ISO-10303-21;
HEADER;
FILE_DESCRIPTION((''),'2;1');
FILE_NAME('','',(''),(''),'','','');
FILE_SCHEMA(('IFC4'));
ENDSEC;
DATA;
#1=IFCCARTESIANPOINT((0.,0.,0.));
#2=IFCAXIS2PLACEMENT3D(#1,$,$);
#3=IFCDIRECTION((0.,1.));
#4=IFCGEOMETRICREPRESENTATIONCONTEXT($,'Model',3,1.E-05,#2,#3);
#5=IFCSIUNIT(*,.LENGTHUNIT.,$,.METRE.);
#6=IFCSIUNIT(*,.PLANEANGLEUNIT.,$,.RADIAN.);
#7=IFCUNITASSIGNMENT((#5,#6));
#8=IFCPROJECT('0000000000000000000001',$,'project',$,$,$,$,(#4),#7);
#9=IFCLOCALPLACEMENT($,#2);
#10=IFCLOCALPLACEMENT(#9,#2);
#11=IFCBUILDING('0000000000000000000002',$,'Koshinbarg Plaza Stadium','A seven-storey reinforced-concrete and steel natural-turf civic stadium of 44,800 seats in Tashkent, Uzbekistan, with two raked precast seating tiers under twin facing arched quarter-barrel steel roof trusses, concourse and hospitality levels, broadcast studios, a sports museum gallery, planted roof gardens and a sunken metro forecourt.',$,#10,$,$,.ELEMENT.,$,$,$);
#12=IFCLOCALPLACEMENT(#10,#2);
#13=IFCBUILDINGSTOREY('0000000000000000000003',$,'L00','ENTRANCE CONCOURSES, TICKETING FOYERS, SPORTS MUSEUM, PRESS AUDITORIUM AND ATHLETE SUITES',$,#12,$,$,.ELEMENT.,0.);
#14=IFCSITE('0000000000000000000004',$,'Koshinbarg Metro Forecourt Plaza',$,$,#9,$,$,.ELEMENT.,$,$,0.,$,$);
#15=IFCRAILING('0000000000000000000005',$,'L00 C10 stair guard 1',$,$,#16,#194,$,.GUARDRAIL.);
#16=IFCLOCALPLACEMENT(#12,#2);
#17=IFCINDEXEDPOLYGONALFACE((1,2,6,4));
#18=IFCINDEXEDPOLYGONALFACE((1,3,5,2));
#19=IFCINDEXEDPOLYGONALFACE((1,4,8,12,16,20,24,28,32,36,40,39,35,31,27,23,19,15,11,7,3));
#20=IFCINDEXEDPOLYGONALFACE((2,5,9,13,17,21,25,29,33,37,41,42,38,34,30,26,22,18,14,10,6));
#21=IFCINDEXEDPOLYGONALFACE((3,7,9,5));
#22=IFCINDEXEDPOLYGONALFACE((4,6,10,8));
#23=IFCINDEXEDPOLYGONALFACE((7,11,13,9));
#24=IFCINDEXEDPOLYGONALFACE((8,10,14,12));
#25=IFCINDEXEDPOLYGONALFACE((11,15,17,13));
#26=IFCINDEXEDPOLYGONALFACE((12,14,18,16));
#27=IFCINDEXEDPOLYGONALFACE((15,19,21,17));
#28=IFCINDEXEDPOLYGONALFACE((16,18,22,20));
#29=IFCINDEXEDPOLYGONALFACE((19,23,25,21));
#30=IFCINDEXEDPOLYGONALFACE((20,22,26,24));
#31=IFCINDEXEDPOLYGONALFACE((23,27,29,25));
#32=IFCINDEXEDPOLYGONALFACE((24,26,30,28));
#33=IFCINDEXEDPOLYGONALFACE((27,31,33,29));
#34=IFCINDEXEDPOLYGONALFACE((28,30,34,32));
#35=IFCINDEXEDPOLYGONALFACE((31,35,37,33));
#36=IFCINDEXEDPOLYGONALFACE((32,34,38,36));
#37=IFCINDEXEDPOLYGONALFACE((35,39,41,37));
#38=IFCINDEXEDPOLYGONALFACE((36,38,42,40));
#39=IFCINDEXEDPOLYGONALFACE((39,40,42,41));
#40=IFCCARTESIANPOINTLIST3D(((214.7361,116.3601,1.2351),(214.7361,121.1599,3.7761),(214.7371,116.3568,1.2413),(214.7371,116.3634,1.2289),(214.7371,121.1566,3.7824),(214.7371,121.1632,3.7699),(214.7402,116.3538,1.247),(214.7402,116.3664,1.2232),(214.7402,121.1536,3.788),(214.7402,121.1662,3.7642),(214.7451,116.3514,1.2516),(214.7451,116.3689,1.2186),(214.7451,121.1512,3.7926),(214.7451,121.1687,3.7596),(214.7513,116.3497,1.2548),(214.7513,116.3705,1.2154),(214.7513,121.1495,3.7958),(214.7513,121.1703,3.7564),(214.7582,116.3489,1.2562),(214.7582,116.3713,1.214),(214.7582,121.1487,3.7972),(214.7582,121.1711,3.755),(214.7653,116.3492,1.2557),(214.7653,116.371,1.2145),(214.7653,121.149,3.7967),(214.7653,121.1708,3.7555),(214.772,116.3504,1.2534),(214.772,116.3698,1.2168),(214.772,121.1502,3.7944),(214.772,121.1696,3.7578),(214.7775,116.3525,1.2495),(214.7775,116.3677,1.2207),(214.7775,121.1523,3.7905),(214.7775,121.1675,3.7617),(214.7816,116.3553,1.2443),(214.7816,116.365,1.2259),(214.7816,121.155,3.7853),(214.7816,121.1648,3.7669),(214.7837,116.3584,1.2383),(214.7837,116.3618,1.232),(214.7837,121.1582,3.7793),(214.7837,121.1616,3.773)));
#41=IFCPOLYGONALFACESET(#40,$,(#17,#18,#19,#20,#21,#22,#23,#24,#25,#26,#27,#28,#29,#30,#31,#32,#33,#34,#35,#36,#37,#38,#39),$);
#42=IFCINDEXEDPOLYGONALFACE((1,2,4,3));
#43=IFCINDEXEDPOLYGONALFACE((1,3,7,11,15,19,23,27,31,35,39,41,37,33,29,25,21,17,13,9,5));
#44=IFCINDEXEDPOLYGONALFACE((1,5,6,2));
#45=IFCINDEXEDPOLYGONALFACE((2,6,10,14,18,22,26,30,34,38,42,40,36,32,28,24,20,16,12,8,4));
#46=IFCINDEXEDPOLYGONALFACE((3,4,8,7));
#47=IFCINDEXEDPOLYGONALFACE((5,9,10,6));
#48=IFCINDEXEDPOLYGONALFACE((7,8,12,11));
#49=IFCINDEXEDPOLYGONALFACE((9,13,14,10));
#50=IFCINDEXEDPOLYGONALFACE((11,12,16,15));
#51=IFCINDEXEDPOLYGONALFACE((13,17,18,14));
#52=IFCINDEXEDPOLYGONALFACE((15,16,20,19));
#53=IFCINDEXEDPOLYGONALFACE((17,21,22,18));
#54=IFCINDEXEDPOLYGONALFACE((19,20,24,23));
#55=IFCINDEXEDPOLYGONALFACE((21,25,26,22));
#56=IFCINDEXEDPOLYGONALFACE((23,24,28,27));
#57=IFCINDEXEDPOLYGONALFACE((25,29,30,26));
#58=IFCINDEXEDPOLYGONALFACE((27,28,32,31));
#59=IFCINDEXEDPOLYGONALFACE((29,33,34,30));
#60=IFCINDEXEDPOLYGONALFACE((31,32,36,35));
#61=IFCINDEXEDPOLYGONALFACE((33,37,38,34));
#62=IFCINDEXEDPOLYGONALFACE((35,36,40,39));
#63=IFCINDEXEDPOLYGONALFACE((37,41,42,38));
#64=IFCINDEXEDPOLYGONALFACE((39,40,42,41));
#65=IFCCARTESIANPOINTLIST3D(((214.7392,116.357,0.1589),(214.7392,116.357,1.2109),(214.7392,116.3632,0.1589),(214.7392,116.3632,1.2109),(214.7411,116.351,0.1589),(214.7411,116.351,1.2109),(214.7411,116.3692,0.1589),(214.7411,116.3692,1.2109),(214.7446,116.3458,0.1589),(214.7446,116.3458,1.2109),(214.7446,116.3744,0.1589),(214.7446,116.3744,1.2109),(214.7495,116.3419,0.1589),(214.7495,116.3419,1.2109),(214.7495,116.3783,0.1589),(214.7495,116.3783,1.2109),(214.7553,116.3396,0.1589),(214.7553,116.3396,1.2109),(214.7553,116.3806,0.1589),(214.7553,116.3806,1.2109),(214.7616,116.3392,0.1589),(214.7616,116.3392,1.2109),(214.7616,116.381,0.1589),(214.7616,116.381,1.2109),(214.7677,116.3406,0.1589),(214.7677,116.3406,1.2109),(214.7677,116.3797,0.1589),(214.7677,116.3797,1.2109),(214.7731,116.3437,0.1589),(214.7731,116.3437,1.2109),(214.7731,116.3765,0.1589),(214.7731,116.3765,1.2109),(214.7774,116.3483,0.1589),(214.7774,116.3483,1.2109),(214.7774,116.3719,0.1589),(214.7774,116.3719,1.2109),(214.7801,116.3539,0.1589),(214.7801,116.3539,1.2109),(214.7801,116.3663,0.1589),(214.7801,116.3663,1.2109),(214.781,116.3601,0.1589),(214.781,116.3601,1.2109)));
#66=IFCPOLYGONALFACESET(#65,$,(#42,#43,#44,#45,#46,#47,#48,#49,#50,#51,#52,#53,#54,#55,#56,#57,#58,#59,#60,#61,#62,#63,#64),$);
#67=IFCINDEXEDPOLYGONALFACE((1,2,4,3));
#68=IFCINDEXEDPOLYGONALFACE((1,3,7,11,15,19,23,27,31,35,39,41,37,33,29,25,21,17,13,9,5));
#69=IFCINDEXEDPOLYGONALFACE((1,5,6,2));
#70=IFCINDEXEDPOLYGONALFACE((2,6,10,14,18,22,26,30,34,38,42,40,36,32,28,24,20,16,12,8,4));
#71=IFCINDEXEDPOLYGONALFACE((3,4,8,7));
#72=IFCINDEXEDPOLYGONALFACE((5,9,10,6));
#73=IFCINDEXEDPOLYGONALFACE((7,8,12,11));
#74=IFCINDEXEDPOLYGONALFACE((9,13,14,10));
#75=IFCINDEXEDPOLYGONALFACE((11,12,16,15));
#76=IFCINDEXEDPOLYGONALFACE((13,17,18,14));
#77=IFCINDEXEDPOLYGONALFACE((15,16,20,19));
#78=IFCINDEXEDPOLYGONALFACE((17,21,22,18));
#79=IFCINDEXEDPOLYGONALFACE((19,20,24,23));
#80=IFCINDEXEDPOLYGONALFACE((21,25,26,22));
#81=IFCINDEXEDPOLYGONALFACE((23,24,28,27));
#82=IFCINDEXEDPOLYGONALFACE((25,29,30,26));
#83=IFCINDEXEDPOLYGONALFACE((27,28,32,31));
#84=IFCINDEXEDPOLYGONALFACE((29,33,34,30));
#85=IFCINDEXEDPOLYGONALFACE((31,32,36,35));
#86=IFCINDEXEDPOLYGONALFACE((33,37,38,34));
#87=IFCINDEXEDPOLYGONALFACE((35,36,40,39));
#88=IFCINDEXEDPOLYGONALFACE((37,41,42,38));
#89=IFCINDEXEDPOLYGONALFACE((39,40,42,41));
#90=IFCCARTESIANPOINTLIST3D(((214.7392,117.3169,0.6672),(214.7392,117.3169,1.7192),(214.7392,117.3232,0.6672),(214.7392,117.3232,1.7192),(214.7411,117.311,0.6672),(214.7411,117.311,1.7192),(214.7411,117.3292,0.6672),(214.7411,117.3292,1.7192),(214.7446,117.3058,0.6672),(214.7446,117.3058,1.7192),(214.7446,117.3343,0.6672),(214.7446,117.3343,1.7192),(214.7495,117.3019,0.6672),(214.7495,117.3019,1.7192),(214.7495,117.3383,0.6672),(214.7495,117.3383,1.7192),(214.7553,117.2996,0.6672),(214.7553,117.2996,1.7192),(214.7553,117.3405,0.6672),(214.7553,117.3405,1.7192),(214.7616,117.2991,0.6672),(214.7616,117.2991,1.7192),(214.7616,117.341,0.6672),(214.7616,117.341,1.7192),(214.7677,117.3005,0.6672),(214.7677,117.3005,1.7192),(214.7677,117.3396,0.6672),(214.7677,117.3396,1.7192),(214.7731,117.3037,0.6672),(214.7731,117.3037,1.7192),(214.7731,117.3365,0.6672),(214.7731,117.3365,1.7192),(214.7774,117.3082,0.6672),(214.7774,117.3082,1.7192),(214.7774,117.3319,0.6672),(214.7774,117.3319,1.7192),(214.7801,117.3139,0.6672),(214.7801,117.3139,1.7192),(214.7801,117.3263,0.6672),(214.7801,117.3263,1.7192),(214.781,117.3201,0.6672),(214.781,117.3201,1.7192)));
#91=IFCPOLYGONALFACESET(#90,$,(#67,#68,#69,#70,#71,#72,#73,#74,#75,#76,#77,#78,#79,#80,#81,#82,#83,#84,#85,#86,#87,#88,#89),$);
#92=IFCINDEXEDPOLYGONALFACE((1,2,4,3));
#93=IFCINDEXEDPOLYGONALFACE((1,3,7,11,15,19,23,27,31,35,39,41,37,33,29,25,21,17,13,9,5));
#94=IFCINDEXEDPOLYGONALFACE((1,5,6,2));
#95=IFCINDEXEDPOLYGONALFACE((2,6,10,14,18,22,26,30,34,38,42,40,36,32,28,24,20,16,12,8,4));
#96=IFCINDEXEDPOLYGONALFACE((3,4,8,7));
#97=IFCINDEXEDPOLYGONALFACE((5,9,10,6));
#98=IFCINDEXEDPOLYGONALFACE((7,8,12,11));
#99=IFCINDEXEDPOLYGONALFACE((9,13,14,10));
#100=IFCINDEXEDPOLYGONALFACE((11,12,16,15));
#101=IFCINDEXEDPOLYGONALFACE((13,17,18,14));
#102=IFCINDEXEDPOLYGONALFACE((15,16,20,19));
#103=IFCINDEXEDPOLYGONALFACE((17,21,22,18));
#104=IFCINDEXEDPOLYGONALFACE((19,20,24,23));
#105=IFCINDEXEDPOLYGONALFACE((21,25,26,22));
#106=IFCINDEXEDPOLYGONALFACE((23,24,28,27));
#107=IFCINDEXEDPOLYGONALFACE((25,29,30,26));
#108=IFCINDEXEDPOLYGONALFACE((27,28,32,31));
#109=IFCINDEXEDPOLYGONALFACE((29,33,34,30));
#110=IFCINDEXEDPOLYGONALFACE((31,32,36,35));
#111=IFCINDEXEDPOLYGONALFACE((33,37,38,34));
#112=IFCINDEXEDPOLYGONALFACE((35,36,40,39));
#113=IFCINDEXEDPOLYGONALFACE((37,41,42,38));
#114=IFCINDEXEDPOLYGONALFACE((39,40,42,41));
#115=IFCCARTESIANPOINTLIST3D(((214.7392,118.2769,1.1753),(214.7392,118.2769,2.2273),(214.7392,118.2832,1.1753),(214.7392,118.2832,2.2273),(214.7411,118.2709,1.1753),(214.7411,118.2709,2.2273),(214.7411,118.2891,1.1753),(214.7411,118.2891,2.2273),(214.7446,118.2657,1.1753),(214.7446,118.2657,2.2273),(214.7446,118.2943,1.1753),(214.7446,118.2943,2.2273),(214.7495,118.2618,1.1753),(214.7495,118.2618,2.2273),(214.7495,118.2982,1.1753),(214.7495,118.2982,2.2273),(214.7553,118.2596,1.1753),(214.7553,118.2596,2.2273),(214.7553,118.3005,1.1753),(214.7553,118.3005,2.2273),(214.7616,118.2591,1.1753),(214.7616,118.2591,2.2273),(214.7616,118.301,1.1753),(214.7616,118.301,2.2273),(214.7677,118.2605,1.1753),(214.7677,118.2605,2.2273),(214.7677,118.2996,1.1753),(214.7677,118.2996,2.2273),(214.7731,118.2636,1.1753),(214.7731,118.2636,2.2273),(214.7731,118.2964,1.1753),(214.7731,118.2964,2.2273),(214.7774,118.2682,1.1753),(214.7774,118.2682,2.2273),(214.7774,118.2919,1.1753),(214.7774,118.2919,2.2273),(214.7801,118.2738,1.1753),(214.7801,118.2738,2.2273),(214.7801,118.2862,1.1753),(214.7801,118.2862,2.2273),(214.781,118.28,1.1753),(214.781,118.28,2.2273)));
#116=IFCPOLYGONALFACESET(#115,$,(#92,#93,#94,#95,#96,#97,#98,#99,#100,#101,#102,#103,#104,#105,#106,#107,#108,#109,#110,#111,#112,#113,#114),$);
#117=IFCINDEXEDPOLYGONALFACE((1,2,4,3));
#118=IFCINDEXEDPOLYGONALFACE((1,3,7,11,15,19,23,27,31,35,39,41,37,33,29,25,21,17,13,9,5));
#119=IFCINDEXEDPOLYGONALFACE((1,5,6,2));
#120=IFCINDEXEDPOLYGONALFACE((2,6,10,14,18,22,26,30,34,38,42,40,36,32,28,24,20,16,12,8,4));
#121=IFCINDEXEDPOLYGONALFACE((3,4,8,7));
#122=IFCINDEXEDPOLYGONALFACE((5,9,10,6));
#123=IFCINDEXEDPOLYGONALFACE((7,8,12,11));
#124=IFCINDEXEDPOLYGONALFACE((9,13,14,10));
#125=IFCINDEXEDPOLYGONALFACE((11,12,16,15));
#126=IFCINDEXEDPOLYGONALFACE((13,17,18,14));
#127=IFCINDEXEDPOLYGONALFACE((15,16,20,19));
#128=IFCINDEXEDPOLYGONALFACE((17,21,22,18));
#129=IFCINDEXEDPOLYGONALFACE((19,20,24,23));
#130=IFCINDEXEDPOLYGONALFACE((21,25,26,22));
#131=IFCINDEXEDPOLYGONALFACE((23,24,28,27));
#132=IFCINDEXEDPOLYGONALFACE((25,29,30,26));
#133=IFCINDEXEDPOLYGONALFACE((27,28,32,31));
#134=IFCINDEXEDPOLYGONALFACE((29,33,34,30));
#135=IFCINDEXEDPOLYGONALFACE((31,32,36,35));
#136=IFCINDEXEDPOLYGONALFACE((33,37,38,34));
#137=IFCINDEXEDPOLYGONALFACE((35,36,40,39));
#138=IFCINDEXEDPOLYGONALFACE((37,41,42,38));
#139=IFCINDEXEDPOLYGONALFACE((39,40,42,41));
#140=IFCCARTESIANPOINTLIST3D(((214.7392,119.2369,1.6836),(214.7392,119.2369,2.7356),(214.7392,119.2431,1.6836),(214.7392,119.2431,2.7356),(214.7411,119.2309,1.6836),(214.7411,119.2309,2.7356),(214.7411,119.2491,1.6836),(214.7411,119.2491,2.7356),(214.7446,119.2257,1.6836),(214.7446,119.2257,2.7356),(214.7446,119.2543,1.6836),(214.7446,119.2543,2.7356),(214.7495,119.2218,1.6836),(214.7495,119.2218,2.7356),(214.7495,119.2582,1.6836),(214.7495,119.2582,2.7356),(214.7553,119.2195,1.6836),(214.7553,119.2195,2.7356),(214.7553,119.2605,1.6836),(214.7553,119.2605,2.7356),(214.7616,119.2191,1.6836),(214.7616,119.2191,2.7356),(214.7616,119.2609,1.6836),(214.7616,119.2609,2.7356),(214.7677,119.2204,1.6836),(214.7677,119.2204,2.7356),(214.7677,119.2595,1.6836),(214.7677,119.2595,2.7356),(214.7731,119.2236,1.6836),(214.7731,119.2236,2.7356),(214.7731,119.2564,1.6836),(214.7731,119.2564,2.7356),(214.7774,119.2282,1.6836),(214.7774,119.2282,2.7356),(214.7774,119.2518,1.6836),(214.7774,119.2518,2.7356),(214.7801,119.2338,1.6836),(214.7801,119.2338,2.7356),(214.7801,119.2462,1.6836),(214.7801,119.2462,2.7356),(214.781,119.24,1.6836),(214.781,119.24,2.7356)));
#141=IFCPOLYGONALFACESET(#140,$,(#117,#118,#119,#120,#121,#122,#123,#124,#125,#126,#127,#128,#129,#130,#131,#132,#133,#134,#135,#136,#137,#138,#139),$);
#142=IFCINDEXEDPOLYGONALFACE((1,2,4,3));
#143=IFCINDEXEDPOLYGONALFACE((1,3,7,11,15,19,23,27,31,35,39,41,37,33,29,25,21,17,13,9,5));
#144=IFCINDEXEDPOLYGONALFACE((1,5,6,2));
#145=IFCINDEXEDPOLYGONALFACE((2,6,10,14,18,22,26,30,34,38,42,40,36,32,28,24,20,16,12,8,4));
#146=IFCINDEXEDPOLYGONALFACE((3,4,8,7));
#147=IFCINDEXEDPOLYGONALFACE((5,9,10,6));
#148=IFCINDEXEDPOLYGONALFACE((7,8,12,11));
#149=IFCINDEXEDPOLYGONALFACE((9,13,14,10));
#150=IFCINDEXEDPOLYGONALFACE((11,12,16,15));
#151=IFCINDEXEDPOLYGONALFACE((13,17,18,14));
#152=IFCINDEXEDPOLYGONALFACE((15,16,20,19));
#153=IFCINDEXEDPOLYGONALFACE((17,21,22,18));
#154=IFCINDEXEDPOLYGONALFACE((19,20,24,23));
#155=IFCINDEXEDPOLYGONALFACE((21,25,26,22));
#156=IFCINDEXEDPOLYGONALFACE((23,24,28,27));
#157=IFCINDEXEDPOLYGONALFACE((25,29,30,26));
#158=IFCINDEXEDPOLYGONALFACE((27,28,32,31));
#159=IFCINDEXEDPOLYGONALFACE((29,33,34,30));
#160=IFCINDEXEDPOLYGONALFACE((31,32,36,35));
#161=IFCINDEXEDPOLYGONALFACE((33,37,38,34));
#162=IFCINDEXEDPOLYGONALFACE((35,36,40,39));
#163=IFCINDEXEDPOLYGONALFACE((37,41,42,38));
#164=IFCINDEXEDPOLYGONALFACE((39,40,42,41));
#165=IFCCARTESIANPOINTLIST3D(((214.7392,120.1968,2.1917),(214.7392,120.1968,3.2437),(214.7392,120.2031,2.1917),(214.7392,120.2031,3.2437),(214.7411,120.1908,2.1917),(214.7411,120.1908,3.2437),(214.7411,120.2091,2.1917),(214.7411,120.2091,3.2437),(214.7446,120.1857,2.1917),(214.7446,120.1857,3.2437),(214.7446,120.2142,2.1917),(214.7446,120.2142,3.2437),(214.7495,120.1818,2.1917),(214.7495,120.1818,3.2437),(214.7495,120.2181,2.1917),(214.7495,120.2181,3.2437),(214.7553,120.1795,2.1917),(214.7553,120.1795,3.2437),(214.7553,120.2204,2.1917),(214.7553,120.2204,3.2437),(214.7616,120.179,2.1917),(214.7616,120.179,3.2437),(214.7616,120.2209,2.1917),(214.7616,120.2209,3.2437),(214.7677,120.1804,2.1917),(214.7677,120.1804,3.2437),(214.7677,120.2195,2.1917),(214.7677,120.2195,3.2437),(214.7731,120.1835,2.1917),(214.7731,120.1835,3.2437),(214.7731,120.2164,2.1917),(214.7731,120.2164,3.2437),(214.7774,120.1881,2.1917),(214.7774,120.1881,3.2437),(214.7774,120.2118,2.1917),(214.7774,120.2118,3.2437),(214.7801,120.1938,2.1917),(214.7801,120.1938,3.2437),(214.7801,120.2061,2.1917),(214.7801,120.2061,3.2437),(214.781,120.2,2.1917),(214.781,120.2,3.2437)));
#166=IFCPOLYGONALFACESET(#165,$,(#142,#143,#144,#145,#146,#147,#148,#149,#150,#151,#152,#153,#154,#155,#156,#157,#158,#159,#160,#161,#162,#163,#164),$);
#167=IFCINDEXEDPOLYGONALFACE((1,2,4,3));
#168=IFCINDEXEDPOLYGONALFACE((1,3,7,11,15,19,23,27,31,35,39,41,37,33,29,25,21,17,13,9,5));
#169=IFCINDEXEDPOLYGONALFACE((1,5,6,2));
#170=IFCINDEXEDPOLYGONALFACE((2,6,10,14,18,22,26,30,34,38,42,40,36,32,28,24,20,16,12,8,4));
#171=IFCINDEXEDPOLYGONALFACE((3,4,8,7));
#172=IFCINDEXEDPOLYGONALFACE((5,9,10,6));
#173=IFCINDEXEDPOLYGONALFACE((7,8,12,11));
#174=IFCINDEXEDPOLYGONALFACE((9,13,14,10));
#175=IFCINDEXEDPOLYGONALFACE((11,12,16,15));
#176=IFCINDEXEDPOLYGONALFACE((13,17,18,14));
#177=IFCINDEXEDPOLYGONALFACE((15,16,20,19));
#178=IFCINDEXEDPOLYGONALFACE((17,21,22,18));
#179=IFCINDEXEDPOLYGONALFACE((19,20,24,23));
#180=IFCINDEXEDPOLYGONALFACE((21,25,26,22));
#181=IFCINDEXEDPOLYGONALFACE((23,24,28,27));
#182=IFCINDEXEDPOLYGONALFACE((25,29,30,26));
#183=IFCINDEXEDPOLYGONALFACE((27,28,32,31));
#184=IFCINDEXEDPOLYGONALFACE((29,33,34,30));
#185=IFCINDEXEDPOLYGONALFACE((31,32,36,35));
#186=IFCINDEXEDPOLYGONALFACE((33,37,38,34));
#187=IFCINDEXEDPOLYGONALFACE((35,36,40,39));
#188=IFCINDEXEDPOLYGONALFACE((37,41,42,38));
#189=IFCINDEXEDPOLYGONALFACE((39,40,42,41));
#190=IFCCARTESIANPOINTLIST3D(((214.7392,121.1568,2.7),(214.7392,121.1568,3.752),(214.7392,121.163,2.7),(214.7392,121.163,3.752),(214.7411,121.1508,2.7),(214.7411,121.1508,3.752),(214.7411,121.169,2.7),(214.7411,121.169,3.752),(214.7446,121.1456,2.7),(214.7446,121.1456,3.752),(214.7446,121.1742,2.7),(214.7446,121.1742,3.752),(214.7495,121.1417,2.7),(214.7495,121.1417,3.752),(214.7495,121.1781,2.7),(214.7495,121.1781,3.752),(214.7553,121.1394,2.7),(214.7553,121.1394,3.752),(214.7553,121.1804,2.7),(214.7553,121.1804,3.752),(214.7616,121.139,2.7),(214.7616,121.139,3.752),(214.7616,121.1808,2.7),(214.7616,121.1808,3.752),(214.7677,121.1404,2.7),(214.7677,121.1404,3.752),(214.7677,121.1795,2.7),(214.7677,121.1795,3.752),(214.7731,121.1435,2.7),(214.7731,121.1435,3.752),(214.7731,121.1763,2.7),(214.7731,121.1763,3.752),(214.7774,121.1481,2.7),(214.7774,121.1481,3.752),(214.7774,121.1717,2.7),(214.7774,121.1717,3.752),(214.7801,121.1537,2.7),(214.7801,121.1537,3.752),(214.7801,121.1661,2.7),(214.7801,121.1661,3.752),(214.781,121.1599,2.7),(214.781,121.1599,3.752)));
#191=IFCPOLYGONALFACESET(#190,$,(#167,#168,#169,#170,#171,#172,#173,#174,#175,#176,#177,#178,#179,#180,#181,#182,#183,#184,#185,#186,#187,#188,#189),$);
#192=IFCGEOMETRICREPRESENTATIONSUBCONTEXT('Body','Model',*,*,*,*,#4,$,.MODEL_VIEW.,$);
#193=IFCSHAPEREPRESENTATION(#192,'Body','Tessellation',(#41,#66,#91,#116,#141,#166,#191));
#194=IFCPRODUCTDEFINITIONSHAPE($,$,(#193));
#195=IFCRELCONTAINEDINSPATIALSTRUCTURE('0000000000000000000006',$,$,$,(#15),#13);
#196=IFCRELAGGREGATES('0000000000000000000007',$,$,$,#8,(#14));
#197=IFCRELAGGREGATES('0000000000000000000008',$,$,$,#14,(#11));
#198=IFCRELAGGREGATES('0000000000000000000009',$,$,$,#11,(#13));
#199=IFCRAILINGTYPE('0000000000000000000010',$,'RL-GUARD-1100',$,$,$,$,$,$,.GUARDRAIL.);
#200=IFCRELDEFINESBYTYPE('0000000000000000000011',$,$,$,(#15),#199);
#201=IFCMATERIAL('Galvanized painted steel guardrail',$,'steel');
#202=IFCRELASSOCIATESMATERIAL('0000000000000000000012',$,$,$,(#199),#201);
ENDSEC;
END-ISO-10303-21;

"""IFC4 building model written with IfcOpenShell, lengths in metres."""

from ifc_helpers import new_model, si_unit, direction, frame, origin, origin_2d, place, context, subcontext, project, spatial, circle, extrude, material, type_object, element, save


model = new_model("IFC4")

# Units and contexts
model_context = context("Model", 3, precision=1e-05, world=origin(), true_north=direction((0.0, 1.0)))
body_context = subcontext(model_context, "Body", "Model", "MODEL_VIEW")
ifc_project = project(units=[si_unit("LENGTHUNIT", "METRE"), si_unit("PLANEANGLEUNIT", "RADIAN")], contexts=[model_context])

# Site, building, storey
site_placement = place(None, origin())
site = spatial("IfcSite", under=ifc_project, at=site_placement, Name="Koshinbarg Metro Forecourt Plaza", CompositionType="ELEMENT", RefElevation=0.0)
building_placement = place(site_placement, origin())
building = spatial("IfcBuilding", under=site, at=building_placement, Name="Koshinbarg Plaza Stadium", Description="A seven-storey reinforced-concrete and steel natural-turf civic stadium of 44,800 seats in Tashkent, Uzbekistan, with two raked precast seating tiers under twin facing arched quarter-barrel steel roof trusses, concourse and hospitality levels, broadcast studios, a sports museum gallery, planted roof gardens and a sunken metro forecourt.", CompositionType="ELEMENT")
storey_placement = place(building_placement, origin())
storey = spatial("IfcBuildingStorey", under=building, at=storey_placement, Name="L00", Description="ENTRANCE CONCOURSES, TICKETING FOYERS, SPORTS MUSEUM, PRESS AUDITORIUM AND ATHLETE SUITES", CompositionType="ELEMENT", Elevation=0.0)

# Railing
ifc_material_1 = material(Name="Galvanized painted steel guardrail", Category="steel")
railing_type_1 = type_object("IfcRailingType", Name="RL-GUARD-1100", PredefinedType="GUARDRAIL", material=ifc_material_1)
railing_1_placement = place(storey_placement, frame((214.76, 116.3601, 0.1589)))
element("IfcRailing", 1, at=railing_1_placement, inside=storey, type_object=railing_type_1, Name="L00 C10 stair guard 1", PredefinedType="GUARDRAIL", context=body_context, shape_type="SweptSolid", body=[
    extrude(circle(Radius=0.0239, at=origin_2d()), frame((0.0, 0.0, 1.0762), z_axis=(0.0, 0.883792, 0.467879), x_axis=(-1.0, 0.0, 0.0)), (0.0, 0.0, 1.0), 5.4309),
    extrude(circle(Radius=0.021, at=origin_2d()), origin(), (0.0, 0.0, 1.0), 1.052),
    extrude(circle(Radius=0.021, at=origin_2d()), frame((0.0, 0.96, 0.5083)), (0.0, 0.0, 1.0), 1.052),
    extrude(circle(Radius=0.021, at=origin_2d()), frame((0.0, 1.9199, 1.0164)), (0.0, 0.0, 1.0), 1.052),
    extrude(circle(Radius=0.021, at=origin_2d()), frame((0.0, 2.8799, 1.5247)), (0.0, 0.0, 1.0), 1.052),
    extrude(circle(Radius=0.021, at=origin_2d()), frame((0.0, 3.8398, 2.0327)), (0.0, 0.0, 1.0), 1.052),
    extrude(circle(Radius=0.021, at=origin_2d()), frame((0.0, 4.7998, 2.541)), (0.0, 0.0, 1.0), 1.052),
])

save(model, "model.ifc")
